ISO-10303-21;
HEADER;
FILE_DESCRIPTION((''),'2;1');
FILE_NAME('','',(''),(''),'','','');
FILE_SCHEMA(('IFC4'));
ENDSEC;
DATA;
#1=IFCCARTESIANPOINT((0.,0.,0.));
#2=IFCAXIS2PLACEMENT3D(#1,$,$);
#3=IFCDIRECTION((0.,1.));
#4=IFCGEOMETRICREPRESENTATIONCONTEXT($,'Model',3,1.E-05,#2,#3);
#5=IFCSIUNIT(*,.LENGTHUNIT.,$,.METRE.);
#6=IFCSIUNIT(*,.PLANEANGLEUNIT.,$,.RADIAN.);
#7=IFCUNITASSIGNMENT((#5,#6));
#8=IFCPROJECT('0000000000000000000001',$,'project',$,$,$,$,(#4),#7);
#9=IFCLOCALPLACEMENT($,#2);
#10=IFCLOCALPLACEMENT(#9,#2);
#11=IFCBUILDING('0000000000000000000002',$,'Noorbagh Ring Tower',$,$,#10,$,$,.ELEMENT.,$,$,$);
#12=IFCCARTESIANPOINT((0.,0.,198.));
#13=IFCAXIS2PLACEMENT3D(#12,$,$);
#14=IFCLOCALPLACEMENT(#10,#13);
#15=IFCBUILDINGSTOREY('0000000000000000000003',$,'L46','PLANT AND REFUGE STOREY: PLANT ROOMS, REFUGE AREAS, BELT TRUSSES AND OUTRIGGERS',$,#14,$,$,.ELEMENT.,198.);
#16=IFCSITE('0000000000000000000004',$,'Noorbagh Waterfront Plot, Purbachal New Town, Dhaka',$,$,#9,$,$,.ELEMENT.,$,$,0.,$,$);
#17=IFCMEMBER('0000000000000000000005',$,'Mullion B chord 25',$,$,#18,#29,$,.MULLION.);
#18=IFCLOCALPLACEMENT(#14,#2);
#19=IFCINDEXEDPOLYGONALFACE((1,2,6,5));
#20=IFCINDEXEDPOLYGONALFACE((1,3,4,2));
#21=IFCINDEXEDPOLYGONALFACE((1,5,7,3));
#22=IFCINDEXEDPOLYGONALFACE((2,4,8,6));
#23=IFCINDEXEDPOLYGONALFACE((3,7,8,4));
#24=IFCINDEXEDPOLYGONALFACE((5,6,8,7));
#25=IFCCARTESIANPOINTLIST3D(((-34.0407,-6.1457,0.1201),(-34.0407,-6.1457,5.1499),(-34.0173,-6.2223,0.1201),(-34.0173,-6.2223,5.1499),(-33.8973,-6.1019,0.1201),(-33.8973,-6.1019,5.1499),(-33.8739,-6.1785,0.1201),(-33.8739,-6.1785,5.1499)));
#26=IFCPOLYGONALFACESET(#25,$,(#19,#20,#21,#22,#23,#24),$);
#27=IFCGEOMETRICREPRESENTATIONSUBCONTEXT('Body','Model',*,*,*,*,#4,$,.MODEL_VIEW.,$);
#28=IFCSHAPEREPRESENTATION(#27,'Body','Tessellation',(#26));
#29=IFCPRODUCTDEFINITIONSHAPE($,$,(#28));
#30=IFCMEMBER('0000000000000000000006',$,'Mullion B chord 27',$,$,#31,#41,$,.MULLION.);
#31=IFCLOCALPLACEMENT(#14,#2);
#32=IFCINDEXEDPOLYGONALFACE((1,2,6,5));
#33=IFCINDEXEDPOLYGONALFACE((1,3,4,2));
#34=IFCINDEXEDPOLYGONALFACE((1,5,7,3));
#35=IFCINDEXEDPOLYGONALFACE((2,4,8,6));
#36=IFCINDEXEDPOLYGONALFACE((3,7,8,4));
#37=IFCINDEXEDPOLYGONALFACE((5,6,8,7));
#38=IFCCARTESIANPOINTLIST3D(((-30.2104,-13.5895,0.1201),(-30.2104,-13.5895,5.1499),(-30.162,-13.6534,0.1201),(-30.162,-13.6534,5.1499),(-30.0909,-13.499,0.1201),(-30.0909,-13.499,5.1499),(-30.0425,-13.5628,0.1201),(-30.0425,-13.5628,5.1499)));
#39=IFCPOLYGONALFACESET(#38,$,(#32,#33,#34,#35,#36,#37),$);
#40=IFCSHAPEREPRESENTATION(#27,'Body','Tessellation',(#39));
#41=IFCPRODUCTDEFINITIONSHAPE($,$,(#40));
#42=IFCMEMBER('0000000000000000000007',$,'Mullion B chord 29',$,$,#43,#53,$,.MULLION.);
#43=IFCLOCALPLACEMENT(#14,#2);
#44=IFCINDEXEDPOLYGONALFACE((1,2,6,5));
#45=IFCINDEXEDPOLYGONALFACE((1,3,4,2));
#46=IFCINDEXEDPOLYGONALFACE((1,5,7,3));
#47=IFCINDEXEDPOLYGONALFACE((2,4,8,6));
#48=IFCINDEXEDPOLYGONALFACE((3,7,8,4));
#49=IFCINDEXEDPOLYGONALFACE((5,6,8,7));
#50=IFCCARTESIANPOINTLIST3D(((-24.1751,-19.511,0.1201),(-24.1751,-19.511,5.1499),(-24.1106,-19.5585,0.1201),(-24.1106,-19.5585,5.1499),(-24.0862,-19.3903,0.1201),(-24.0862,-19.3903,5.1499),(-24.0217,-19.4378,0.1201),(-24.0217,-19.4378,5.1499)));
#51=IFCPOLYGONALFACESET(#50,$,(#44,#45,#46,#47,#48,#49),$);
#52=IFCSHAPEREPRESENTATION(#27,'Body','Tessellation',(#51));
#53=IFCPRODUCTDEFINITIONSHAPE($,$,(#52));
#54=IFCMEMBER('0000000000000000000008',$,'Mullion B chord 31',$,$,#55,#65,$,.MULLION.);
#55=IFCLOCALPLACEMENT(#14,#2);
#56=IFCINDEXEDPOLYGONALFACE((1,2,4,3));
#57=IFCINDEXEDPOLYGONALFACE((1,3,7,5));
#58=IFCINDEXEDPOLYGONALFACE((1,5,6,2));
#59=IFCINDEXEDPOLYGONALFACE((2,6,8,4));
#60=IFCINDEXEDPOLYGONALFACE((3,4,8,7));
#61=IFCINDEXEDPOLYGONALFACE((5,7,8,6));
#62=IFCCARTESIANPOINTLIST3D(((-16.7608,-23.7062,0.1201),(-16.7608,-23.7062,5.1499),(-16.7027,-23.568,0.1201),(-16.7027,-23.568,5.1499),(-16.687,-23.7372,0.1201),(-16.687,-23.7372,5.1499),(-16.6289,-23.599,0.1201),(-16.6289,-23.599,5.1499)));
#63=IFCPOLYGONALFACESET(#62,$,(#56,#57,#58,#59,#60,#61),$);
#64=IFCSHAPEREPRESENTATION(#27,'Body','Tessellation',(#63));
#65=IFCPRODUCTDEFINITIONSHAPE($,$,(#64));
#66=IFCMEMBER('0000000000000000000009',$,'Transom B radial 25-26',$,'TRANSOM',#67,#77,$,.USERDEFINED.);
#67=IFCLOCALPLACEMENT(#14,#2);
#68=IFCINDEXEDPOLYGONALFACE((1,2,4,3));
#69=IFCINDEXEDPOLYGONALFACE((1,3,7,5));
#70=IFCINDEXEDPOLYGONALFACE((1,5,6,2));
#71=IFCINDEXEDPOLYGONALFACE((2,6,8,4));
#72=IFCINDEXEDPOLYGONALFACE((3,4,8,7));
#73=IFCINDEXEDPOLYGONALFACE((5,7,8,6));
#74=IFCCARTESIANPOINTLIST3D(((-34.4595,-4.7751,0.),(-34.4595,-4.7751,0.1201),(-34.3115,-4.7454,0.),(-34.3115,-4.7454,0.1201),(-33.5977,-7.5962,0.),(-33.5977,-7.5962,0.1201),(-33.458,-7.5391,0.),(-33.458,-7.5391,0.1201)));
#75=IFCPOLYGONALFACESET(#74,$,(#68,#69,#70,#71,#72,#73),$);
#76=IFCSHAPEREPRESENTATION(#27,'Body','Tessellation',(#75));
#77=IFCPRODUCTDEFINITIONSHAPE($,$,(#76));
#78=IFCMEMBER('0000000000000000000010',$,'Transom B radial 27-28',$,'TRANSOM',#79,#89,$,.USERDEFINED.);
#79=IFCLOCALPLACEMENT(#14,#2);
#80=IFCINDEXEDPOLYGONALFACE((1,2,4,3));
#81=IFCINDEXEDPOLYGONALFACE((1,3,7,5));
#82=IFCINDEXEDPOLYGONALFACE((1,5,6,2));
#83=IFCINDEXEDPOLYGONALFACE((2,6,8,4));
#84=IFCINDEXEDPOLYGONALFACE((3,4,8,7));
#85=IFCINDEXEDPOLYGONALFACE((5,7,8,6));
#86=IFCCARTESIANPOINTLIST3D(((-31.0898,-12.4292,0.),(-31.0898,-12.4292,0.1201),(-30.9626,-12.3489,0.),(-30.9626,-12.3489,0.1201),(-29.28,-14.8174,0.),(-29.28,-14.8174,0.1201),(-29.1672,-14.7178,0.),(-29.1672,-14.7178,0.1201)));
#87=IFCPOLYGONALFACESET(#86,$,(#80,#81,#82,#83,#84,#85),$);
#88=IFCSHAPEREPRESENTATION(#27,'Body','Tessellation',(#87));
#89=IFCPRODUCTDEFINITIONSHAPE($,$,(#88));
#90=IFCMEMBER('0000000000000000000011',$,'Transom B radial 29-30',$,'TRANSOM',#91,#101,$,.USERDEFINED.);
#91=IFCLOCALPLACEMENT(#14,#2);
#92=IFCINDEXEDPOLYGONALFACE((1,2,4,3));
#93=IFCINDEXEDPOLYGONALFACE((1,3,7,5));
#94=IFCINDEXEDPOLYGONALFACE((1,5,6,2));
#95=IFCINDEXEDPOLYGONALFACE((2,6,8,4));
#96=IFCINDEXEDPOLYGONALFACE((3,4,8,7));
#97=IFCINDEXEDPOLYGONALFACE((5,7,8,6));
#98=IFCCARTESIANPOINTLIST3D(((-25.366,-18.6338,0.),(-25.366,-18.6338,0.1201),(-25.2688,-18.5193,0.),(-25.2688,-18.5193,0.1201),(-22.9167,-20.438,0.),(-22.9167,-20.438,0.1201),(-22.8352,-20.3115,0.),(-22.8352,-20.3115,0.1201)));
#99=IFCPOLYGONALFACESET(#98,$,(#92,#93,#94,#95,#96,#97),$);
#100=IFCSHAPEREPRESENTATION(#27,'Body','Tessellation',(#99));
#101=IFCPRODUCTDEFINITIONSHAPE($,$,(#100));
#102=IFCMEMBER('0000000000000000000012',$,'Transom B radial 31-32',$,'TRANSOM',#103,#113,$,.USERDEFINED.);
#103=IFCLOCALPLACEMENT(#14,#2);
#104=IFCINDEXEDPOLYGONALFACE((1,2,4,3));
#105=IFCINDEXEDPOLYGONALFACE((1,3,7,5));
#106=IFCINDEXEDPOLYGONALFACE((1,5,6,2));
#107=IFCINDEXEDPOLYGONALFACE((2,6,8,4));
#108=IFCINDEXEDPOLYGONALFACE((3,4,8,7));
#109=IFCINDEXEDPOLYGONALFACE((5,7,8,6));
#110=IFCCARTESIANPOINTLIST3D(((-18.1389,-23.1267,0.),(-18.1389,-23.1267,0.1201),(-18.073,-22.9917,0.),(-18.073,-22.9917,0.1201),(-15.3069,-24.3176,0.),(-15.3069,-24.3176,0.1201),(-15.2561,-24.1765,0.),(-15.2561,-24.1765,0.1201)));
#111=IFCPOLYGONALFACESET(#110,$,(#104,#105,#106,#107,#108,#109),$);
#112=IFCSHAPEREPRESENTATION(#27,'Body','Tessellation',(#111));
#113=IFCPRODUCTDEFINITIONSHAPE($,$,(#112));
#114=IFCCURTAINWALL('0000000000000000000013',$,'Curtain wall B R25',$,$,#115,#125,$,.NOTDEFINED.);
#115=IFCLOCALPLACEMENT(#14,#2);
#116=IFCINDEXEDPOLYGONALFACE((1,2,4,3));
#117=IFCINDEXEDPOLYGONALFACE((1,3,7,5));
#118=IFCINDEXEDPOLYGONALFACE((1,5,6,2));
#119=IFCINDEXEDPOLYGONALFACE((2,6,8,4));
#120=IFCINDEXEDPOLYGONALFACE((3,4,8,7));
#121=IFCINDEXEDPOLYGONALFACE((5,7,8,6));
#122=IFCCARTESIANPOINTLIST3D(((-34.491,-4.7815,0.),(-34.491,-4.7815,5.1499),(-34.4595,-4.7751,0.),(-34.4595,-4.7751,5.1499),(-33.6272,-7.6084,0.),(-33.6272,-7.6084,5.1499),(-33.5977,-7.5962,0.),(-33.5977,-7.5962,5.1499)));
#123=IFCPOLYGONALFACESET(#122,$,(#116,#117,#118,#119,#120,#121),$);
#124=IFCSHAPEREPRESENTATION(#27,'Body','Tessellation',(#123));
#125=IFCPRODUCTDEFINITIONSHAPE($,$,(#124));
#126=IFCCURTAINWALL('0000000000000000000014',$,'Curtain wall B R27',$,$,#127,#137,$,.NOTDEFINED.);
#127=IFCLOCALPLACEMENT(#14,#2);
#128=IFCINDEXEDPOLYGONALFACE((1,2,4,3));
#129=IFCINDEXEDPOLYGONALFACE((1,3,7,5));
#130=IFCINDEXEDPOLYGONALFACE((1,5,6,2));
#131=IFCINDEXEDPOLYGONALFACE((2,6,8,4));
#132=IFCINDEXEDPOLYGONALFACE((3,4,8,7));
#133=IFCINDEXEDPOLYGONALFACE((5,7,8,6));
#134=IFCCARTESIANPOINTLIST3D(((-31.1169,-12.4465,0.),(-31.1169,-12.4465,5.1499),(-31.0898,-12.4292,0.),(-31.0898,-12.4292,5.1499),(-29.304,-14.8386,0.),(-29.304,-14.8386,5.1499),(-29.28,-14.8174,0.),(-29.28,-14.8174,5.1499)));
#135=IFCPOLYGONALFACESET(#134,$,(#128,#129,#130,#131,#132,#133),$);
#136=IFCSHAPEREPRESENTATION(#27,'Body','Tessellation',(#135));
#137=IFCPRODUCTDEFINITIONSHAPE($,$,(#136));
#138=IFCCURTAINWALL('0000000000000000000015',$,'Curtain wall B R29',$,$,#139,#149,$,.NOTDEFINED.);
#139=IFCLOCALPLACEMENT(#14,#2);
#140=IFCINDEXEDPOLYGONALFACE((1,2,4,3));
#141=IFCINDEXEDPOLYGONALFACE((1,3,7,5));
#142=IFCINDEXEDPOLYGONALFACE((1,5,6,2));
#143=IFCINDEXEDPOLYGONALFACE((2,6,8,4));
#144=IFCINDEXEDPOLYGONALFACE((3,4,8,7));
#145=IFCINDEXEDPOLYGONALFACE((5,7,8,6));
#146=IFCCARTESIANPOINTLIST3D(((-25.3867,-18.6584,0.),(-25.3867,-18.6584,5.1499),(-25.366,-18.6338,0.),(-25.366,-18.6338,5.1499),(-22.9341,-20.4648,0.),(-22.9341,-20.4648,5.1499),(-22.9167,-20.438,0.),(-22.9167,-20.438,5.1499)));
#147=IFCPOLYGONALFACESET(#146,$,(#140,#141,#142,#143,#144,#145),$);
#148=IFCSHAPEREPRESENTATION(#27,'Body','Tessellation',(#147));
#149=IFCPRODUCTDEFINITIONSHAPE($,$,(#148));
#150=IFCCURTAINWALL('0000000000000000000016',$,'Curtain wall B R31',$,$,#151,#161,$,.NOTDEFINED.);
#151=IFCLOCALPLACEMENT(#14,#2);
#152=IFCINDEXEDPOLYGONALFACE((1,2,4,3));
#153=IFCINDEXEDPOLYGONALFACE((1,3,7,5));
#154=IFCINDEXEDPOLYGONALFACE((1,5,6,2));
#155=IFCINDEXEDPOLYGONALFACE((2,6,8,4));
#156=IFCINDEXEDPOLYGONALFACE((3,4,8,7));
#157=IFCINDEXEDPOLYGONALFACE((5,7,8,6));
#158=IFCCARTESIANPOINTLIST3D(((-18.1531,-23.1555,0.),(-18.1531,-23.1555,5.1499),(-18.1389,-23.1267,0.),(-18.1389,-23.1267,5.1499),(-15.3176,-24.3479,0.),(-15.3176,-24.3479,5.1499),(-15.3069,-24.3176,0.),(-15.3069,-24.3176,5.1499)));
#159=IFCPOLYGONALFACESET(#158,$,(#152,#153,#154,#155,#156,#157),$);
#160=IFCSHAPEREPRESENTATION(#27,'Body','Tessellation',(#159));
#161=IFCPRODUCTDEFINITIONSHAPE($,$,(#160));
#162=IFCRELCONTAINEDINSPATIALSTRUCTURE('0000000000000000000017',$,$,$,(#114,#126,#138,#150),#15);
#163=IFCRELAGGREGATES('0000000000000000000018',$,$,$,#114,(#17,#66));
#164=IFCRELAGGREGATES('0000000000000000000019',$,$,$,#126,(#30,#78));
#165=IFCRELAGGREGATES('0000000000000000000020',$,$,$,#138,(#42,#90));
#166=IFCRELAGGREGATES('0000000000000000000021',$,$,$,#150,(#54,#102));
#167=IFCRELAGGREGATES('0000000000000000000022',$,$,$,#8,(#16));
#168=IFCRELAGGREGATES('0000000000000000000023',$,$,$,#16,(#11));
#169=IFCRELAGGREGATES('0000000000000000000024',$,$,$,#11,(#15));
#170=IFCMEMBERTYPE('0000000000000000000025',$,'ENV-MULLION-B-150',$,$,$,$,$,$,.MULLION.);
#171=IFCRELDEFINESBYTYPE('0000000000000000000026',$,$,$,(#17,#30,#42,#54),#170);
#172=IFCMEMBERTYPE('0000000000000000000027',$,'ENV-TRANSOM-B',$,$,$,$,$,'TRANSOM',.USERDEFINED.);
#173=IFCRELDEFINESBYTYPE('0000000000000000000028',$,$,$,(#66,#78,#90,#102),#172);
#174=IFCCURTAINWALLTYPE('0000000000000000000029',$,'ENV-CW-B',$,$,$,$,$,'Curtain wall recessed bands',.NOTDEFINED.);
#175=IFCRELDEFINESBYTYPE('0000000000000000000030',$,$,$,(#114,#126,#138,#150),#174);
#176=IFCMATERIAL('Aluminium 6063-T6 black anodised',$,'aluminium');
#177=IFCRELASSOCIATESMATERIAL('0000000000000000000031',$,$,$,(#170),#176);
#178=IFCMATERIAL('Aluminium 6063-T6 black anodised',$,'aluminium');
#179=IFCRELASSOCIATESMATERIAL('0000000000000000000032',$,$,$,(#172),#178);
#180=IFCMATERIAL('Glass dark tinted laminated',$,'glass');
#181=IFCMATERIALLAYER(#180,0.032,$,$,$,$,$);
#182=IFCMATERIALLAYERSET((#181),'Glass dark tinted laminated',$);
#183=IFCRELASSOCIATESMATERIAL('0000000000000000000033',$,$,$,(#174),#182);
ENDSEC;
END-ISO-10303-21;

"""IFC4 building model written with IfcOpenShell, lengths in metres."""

from ifc_helpers import new_model, si_unit, direction, frame, origin, origin_2d, place, context, subcontext, project, spatial, polyline, rectangle, outline, extrude, material, layer, layer_set, material_profile, profile_set, type_object, element, aggregate, save


model = new_model("IFC4")

# Units and contexts
model_context = context("Model", 3, precision=1e-05, world=origin(), true_north=direction((0.0, 1.0)))
body_context = subcontext(model_context, "Body", "Model", "MODEL_VIEW")
ifc_project = project(units=[si_unit("LENGTHUNIT", "METRE"), si_unit("PLANEANGLEUNIT", "RADIAN")], contexts=[model_context])

# Members
ifc_material_1 = material(Name="Aluminium 6063-T6 black anodised", Category="aluminium")
ifc_material_profile = material_profile(ifc_material_1, rectangle(XDim=0.1499, YDim=0.0801, at=origin_2d()), Name="150x80")
ifc_profile_set = profile_set([ifc_material_profile], Name="Aluminium 6063-T6 black anodised")
member_type_1 = type_object("IfcMemberType", Name="ENV-MULLION-B-150", PredefinedType="MULLION", material=ifc_profile_set)
site_placement = place(None, origin())
building_placement = place(site_placement, origin())
storey_placement = place(building_placement, frame((0.0, 0.0, 198.0)))
member_1_placement = place(storey_placement, frame((-33.9573, -6.1621, 0.1201), z_axis=(0.0, 0.0, 1.0), x_axis=(0.956366, 0.29217, 0.0)))
member_1 = element("IfcMember", 1, at=member_1_placement, type_object=member_type_1, Name="Mullion B chord 25", PredefinedType="MULLION", context=body_context, shape_type="SweptSolid", body=[
    extrude(rectangle(XDim=0.1499, YDim=0.0801, at=origin_2d()), origin(), (0.0, 0.0, 1.0), 5.0298),
])
member_2_placement = place(storey_placement, frame((-30.1265, -13.5762, 0.1201), z_axis=(0.0, 0.0, 1.0), x_axis=(0.796969, 0.60402, 0.0)))
member_2 = element("IfcMember", 2, at=member_2_placement, type_object=member_type_1, Name="Mullion B chord 27", PredefinedType="MULLION", context=body_context, shape_type="SweptSolid", body=[
    extrude(rectangle(XDim=0.1499, YDim=0.0801, at=origin_2d()), origin(), (0.0, 0.0, 1.0), 5.0298),
])
member_3_placement = place(storey_placement, frame((-24.0984, -19.4744, 0.1201), z_axis=(0.0, 0.0, 1.0), x_axis=(0.593067, 0.805153, 0.0)))
member_3 = element("IfcMember", 3, at=member_3_placement, type_object=member_type_1, Name="Mullion B chord 29", PredefinedType="MULLION", context=body_context, shape_type="SweptSolid", body=[
    extrude(rectangle(XDim=0.1499, YDim=0.0801, at=origin_2d()), origin(), (0.0, 0.0, 1.0), 5.0298),
])
member_4_placement = place(storey_placement, frame((-16.6948, -23.6526, 0.1201), z_axis=(0.0, 0.0, 1.0), x_axis=(0.387638, 0.921812, 0.0)))
member_4 = element("IfcMember", 4, at=member_4_placement, type_object=member_type_1, Name="Mullion B chord 31", PredefinedType="MULLION", context=body_context, shape_type="SweptSolid", body=[
    extrude(rectangle(XDim=0.1499, YDim=0.0801, at=origin_2d()), origin(), (0.0, 0.0, 1.0), 5.0298),
])
ifc_material_2 = material(Name="Aluminium 6063-T6 black anodised", Category="aluminium")
member_type_2 = type_object("IfcMemberType", Name="ENV-TRANSOM-B", ElementType="TRANSOM", PredefinedType="USERDEFINED", material=ifc_material_2)
member_5_placement = place(storey_placement, origin())
member_5 = element("IfcMember", 5, at=member_5_placement, type_object=member_type_2, Name="Transom B radial 25-26", ObjectType="TRANSOM", PredefinedType="USERDEFINED", context=body_context, shape_type="SweptSolid", body=[
    extrude(outline(polyline([(-34.4595, -4.7751), (-33.5977, -7.5962), (-33.458, -7.5391), (-34.3115, -4.7454), (-34.4595, -4.7751)])), origin(), (0.0, 0.0, 1.0), 0.1201),
])
member_6_placement = place(storey_placement, origin())
member_6 = element("IfcMember", 6, at=member_6_placement, type_object=member_type_2, Name="Transom B radial 27-28", ObjectType="TRANSOM", PredefinedType="USERDEFINED", context=body_context, shape_type="SweptSolid", body=[
    extrude(outline(polyline([(-31.0898, -12.4292), (-29.28, -14.8174), (-29.1672, -14.7178), (-30.9626, -12.3489), (-31.0898, -12.4292)])), origin(), (0.0, 0.0, 1.0), 0.1201),
])
member_7_placement = place(storey_placement, origin())
member_7 = element("IfcMember", 7, at=member_7_placement, type_object=member_type_2, Name="Transom B radial 29-30", ObjectType="TRANSOM", PredefinedType="USERDEFINED", context=body_context, shape_type="SweptSolid", body=[
    extrude(outline(polyline([(-25.366, -18.6338), (-22.9167, -20.438), (-22.8352, -20.3115), (-25.2688, -18.5193), (-25.366, -18.6338)])), origin(), (0.0, 0.0, 1.0), 0.1201),
])
member_8_placement = place(storey_placement, origin())
member_8 = element("IfcMember", 8, at=member_8_placement, type_object=member_type_2, Name="Transom B radial 31-32", ObjectType="TRANSOM", PredefinedType="USERDEFINED", context=body_context, shape_type="SweptSolid", body=[
    extrude(outline(polyline([(-18.1389, -23.1267), (-15.3069, -24.3176), (-15.2561, -24.1765), (-18.073, -22.9917), (-18.1389, -23.1267)])), origin(), (0.0, 0.0, 1.0), 0.1201),
])

# Site, building, storey
site = spatial("IfcSite", under=ifc_project, at=site_placement, Name="Noorbagh Waterfront Plot, Purbachal New Town, Dhaka", CompositionType="ELEMENT", RefElevation=0.0)
building = spatial("IfcBuilding", under=site, at=building_placement, Name="Noorbagh Ring Tower", CompositionType="ELEMENT")
storey = spatial("IfcBuildingStorey", under=building, at=storey_placement, Name="L46", Description="PLANT AND REFUGE STOREY: PLANT ROOMS, REFUGE AREAS, BELT TRUSSES AND OUTRIGGERS", CompositionType="ELEMENT", Elevation=198.0)

# Curtain walls
ifc_material_3 = material(Name="Glass dark tinted laminated", Category="glass")
ifc_layer = layer(ifc_material_3, 0.032)
ifc_layer_set = layer_set([ifc_layer], Name="Glass dark tinted laminated")
curtain_wall_type = type_object("IfcCurtainWallType", Name="ENV-CW-B", ElementType="Curtain wall recessed bands", PredefinedType="NOTDEFINED", material=ifc_layer_set)
curtain_wall_1_placement = place(storey_placement, origin())
curtain_wall_1 = element("IfcCurtainWall", 9, at=curtain_wall_1_placement, inside=storey, type_object=curtain_wall_type, Name="Curtain wall B R25", PredefinedType="NOTDEFINED", context=body_context, shape_type="SweptSolid", body=[
    extrude(outline(polyline([(-34.491, -4.7815), (-33.6272, -7.6084), (-33.5977, -7.5962), (-34.4595, -4.7751), (-34.491, -4.7815)])), origin(), (0.0, 0.0, 1.0), 5.1499),
])
aggregate(curtain_wall_1, [member_1, member_5])
curtain_wall_2_placement = place(storey_placement, origin())
curtain_wall_2 = element("IfcCurtainWall", 10, at=curtain_wall_2_placement, inside=storey, type_object=curtain_wall_type, Name="Curtain wall B R27", PredefinedType="NOTDEFINED", context=body_context, shape_type="SweptSolid", body=[
    extrude(outline(polyline([(-31.1169, -12.4465), (-29.304, -14.8386), (-29.28, -14.8174), (-31.0898, -12.4292), (-31.1169, -12.4465)])), origin(), (0.0, 0.0, 1.0), 5.1499),
])
aggregate(curtain_wall_2, [member_2, member_6])
curtain_wall_3_placement = place(storey_placement, origin())
curtain_wall_3 = element("IfcCurtainWall", 11, at=curtain_wall_3_placement, inside=storey, type_object=curtain_wall_type, Name="Curtain wall B R29", PredefinedType="NOTDEFINED", context=body_context, shape_type="SweptSolid", body=[
    extrude(outline(polyline([(-25.3867, -18.6584), (-22.9341, -20.4648), (-22.9167, -20.438), (-25.366, -18.6338), (-25.3867, -18.6584)])), origin(), (0.0, 0.0, 1.0), 5.1499),
])
aggregate(curtain_wall_3, [member_3, member_7])
curtain_wall_4_placement = place(storey_placement, origin())
curtain_wall_4 = element("IfcCurtainWall", 12, at=curtain_wall_4_placement, inside=storey, type_object=curtain_wall_type, Name="Curtain wall B R31", PredefinedType="NOTDEFINED", context=body_context, shape_type="SweptSolid", body=[
    extrude(outline(polyline([(-18.1531, -23.1555), (-15.3176, -24.3479), (-15.3069, -24.3176), (-18.1389, -23.1267), (-18.1531, -23.1555)])), origin(), (0.0, 0.0, 1.0), 5.1499),
])
aggregate(curtain_wall_4, [member_4, member_8])

save(model, "model.ifc")
